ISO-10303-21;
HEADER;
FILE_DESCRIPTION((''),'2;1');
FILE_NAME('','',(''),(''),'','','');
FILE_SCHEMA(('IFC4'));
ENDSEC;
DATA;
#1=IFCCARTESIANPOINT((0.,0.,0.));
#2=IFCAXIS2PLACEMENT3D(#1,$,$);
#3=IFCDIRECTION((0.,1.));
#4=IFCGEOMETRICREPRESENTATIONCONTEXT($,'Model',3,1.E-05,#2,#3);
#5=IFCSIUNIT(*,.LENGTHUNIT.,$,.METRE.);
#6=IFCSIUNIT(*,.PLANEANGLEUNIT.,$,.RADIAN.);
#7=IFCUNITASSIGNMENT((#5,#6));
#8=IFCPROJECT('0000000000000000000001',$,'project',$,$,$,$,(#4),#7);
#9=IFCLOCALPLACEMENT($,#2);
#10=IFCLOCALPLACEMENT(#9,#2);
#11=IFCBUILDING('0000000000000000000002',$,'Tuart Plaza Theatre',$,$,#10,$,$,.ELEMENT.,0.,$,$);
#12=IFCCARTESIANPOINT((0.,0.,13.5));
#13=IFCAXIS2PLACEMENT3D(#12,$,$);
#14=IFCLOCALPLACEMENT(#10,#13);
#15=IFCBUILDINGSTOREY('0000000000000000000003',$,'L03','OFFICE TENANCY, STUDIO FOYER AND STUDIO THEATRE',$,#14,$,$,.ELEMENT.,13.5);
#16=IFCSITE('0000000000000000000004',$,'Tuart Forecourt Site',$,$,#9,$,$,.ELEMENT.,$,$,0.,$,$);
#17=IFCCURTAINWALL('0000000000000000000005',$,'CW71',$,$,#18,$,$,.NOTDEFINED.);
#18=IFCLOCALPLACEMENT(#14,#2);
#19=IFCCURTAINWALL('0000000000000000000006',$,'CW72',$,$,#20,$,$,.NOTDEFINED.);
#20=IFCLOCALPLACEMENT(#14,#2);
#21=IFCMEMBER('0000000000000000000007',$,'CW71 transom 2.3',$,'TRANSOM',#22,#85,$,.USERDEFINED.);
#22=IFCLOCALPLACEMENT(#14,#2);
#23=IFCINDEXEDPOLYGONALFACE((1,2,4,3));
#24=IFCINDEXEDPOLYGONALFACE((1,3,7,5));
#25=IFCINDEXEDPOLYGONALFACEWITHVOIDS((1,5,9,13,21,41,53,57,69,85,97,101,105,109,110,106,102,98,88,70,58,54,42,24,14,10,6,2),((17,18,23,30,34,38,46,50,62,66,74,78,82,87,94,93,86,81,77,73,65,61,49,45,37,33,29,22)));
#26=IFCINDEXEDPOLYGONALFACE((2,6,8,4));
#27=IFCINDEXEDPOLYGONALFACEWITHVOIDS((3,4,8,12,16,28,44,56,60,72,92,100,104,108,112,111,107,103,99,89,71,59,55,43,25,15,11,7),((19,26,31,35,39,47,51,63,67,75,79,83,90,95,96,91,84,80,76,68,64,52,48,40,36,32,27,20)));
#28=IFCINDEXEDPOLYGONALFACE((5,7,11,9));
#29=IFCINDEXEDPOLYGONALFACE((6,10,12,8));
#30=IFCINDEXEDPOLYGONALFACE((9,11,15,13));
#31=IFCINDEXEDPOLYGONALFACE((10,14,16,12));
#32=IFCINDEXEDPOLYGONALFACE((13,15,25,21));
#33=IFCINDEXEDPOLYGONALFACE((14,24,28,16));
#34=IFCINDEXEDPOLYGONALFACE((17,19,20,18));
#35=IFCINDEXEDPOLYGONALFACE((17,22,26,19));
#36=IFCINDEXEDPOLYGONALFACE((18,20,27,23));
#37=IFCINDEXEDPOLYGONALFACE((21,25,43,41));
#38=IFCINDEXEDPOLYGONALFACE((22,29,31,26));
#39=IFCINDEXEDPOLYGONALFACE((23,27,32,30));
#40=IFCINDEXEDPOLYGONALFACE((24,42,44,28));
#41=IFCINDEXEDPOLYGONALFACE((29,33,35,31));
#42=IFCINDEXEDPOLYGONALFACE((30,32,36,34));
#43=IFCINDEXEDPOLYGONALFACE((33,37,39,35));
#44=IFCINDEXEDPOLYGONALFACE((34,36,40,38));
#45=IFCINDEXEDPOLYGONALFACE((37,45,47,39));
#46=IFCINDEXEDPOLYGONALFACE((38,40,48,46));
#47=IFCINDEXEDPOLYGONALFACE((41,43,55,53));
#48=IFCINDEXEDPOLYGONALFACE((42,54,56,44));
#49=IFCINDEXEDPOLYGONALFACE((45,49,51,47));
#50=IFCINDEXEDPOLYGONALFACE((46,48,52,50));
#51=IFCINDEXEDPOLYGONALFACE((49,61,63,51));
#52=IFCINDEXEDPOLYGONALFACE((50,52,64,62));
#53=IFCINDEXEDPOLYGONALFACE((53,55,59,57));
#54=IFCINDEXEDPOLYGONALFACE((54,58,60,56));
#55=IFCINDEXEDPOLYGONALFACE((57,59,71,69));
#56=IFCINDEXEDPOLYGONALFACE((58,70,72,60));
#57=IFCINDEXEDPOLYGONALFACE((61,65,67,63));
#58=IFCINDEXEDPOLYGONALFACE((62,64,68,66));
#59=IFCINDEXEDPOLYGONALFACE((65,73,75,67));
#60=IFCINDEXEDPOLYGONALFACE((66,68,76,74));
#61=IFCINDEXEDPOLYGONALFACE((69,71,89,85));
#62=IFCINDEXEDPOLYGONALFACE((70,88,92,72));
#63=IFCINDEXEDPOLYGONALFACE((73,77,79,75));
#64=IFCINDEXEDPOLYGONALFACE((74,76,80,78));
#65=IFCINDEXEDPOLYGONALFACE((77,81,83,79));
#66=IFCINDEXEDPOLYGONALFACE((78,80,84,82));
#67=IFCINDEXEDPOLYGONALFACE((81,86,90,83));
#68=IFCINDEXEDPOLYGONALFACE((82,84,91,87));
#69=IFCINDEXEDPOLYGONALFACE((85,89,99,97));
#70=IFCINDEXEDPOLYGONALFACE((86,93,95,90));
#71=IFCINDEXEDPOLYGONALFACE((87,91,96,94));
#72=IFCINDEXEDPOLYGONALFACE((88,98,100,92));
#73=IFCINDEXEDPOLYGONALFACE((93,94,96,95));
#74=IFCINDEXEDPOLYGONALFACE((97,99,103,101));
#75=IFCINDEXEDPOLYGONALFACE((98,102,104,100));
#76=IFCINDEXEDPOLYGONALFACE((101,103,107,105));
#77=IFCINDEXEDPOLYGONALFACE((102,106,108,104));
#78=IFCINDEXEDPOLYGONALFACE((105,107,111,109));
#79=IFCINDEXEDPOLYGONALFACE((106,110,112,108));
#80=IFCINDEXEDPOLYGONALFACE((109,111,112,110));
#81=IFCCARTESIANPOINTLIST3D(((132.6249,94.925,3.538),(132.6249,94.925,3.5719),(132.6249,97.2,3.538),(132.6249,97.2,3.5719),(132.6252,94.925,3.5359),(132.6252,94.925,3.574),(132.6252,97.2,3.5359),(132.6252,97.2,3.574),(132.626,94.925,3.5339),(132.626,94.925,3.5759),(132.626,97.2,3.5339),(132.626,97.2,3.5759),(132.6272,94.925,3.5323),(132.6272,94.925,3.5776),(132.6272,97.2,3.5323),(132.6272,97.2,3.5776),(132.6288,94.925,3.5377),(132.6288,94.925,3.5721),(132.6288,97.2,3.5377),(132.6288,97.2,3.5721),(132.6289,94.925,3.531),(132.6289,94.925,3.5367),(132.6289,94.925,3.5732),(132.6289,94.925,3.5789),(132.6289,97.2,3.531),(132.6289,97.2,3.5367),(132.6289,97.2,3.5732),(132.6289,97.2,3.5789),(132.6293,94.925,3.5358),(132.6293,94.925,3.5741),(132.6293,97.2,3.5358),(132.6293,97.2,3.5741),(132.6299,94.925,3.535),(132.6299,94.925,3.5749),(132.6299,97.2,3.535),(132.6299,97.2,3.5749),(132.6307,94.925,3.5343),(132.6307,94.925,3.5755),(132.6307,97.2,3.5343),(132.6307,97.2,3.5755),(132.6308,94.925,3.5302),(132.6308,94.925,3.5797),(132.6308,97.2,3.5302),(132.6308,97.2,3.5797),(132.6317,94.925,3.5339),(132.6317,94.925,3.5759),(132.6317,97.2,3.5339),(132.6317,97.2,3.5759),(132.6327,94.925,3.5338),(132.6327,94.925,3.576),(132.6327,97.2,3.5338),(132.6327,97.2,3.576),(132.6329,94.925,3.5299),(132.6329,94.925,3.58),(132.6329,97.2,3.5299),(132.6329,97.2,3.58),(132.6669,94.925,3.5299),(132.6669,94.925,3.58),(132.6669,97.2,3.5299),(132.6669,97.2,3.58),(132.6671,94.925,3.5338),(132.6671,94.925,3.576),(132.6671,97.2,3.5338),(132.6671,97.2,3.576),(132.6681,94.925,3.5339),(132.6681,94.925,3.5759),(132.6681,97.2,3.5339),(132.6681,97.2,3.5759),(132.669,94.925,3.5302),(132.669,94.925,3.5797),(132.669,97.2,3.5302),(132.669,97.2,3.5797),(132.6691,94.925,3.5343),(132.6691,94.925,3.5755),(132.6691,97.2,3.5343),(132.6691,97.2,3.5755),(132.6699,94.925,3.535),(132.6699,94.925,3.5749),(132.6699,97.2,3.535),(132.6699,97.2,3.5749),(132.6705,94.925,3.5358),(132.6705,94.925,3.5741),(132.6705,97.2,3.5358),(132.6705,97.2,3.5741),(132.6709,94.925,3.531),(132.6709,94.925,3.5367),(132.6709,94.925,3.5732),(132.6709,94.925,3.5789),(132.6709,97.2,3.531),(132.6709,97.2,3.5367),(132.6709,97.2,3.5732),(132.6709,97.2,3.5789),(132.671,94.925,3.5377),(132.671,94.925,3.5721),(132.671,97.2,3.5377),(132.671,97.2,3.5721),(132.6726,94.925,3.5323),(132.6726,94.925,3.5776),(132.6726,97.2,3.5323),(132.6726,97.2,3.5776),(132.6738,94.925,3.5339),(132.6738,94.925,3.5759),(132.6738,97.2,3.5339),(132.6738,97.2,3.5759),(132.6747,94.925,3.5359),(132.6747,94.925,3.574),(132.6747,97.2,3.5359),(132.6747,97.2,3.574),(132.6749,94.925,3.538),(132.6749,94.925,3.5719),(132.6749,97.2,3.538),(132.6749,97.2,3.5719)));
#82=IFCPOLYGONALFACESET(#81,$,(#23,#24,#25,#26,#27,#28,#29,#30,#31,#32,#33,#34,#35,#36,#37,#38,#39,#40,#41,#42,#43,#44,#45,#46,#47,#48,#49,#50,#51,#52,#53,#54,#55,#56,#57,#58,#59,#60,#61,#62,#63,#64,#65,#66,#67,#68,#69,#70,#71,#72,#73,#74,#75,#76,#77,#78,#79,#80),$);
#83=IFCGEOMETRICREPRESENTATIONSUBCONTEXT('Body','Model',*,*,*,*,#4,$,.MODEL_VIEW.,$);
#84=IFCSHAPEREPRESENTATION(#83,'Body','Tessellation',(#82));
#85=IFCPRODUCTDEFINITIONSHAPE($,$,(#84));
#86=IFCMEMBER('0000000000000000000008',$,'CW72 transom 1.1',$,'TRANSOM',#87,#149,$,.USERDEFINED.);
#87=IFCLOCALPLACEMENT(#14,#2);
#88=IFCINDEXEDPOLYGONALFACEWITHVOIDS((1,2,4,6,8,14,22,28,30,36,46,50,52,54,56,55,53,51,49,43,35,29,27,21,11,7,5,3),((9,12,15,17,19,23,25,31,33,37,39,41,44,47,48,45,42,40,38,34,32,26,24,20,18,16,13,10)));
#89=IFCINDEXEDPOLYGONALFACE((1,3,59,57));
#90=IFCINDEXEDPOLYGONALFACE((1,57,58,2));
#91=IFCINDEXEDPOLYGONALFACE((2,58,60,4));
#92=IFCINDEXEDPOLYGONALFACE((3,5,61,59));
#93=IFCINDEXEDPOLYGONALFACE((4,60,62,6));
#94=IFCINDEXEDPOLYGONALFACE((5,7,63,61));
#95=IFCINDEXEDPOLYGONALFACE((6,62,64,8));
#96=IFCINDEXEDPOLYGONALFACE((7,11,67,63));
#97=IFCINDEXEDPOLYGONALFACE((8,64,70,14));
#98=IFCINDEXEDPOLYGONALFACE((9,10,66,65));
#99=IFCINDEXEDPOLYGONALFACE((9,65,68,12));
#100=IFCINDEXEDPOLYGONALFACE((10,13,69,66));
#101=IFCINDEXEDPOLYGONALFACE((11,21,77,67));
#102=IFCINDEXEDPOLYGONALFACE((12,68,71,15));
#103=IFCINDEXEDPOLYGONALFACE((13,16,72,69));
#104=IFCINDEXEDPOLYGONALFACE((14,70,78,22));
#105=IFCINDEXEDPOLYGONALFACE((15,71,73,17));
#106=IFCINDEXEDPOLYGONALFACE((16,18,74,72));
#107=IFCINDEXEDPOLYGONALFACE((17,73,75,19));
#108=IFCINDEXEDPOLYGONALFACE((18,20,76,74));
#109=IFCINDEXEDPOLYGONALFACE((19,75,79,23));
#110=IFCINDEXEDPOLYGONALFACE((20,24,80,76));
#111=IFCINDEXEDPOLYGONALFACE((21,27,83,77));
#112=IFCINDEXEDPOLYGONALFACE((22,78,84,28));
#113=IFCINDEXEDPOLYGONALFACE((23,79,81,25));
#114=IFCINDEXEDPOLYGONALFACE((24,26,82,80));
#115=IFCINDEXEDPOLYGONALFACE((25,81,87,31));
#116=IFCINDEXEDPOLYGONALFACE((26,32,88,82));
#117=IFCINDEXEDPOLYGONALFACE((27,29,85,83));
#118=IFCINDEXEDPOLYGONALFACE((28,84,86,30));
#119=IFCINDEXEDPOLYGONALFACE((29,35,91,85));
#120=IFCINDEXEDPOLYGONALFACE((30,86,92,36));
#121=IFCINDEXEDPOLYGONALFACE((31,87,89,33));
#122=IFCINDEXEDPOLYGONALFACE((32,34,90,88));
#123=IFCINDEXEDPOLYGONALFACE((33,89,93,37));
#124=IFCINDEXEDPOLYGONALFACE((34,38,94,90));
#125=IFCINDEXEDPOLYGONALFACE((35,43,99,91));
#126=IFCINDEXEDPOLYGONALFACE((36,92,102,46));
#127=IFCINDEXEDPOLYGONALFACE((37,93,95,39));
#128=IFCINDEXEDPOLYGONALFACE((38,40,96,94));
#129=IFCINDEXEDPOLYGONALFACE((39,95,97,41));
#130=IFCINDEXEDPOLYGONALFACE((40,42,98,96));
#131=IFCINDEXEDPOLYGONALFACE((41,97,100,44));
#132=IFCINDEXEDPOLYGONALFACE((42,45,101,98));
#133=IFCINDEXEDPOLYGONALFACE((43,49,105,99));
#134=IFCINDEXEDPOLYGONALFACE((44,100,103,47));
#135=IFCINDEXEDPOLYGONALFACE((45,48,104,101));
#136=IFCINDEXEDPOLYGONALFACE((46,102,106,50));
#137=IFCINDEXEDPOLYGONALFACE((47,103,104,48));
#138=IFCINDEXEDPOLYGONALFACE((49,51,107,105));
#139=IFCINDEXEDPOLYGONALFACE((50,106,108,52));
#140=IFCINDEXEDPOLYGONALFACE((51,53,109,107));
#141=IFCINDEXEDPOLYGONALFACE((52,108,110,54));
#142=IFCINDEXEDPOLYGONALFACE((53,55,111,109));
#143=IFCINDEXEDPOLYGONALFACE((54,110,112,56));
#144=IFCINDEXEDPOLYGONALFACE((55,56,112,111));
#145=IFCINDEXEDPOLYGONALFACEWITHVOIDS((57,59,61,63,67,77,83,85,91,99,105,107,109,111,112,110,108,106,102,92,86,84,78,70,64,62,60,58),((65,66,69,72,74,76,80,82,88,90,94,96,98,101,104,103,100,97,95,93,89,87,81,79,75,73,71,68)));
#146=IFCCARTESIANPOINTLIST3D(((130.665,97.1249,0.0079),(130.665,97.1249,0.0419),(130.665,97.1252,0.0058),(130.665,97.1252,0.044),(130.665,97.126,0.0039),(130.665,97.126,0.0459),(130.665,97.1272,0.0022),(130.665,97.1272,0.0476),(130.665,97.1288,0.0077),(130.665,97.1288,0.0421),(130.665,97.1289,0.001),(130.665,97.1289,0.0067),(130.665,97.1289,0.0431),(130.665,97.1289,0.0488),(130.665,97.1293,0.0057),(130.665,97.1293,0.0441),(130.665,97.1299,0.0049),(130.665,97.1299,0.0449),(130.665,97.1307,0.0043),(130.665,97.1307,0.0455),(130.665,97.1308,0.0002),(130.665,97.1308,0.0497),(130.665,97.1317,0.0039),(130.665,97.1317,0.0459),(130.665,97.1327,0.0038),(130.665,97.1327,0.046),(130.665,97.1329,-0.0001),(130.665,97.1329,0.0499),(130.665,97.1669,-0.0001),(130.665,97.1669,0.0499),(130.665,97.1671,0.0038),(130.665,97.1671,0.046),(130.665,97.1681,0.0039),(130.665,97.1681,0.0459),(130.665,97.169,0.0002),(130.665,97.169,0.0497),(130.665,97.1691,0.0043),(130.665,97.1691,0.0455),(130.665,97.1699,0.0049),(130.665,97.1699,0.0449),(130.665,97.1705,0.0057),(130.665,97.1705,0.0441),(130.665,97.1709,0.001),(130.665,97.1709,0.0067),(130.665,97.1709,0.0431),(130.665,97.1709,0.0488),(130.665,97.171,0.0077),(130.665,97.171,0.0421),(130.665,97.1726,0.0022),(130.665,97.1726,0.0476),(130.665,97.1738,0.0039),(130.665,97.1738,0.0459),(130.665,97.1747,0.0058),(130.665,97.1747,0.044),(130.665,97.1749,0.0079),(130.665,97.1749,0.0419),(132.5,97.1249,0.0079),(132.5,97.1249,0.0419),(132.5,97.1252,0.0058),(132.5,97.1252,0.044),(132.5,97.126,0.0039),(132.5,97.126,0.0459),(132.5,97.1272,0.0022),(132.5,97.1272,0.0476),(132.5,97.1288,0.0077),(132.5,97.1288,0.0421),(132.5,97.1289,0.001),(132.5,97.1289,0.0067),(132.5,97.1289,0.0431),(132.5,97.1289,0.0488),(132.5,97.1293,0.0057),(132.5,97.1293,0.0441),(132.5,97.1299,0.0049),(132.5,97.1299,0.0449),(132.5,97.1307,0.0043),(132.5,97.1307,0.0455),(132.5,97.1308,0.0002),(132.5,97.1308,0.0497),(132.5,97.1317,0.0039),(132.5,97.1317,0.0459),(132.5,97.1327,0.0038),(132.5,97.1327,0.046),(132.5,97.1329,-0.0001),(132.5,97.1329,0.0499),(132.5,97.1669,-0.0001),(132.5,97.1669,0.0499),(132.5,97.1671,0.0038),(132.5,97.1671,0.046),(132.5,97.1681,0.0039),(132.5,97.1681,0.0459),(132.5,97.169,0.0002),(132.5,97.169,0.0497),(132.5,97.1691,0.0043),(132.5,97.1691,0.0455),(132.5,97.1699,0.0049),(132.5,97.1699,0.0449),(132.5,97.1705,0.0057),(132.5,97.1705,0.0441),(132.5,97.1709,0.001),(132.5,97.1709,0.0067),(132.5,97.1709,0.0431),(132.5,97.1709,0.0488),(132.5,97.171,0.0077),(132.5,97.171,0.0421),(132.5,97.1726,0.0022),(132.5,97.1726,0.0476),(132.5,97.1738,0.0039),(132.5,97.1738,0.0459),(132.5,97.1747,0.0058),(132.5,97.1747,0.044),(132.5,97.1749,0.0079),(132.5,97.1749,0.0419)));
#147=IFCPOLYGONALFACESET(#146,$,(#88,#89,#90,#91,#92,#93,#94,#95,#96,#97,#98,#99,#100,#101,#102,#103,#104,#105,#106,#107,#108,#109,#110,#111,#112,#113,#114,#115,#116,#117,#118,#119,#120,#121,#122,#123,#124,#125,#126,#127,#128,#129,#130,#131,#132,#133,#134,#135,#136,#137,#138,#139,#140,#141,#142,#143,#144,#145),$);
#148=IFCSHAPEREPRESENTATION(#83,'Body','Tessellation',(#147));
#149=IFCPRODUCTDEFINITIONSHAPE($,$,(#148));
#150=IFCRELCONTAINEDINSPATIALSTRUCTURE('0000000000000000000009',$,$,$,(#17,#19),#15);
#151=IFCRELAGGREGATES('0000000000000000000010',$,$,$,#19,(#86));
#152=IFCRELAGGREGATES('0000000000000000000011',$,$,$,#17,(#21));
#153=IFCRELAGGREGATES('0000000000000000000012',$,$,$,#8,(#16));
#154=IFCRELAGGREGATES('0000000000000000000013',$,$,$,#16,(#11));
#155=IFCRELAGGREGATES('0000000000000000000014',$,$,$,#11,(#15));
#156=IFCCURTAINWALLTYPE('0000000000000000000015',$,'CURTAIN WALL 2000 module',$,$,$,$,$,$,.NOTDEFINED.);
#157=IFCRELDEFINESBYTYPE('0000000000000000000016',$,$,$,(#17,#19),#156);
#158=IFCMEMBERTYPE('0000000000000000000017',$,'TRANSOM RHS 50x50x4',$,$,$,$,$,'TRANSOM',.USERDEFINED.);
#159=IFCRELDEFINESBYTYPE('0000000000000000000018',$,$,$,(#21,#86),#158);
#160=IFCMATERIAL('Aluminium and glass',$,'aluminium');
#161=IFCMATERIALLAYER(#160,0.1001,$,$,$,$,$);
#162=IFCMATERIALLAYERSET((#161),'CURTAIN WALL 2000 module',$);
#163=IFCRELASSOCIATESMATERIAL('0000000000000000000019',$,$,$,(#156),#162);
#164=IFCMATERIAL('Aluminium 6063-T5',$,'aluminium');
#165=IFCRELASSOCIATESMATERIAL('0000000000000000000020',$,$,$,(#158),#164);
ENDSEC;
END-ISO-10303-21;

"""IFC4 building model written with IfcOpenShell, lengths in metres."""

from ifc_helpers import new_model, si_unit, direction, frame, origin, origin_2d, place, context, subcontext, project, spatial, hollow_rectangle, extrude, material, layer, layer_set, material_profile, profile_set, type_object, element, aggregate, save


model = new_model("IFC4")

# Units and contexts
model_context = context("Model", 3, precision=1e-05, world=origin(), true_north=direction((0.0, 1.0)))
body_context = subcontext(model_context, "Body", "Model", "MODEL_VIEW")
ifc_project = project(units=[si_unit("LENGTHUNIT", "METRE"), si_unit("PLANEANGLEUNIT", "RADIAN")], contexts=[model_context])

# Site, building, storey
site_placement = place(None, origin())
site = spatial("IfcSite", under=ifc_project, at=site_placement, Name="Tuart Forecourt Site", CompositionType="ELEMENT", RefElevation=0.0)
building_placement = place(site_placement, origin())
building = spatial("IfcBuilding", under=site, at=building_placement, Name="Tuart Plaza Theatre", CompositionType="ELEMENT", ElevationOfRefHeight=0.0)
storey_placement = place(building_placement, frame((0.0, 0.0, 13.5)))
storey = spatial("IfcBuildingStorey", under=building, at=storey_placement, Name="L03", Description="OFFICE TENANCY, STUDIO FOYER AND STUDIO THEATRE", CompositionType="ELEMENT", Elevation=13.5)

# Shared definitions
ifc_material_1 = material(Name="Aluminium and glass", Category="aluminium")
ifc_layer_1 = layer(ifc_material_1, 0.1001)
ifc_layer_set_1 = layer_set([ifc_layer_1], Name="CURTAIN WALL 2000 module")
curtain_wall_type = type_object("IfcCurtainWallType", Name="CURTAIN WALL 2000 module", PredefinedType="NOTDEFINED", material=ifc_layer_set_1)

# Curtain wall
curtain_wall_1_placement = place(storey_placement, origin())
curtain_wall_1 = element("IfcCurtainWall", 1, at=curtain_wall_1_placement, inside=storey, type_object=curtain_wall_type, Name="CW71", PredefinedType="NOTDEFINED")

# Curtain wall
curtain_wall_2_placement = place(storey_placement, origin())
curtain_wall_2 = element("IfcCurtainWall", 2, at=curtain_wall_2_placement, inside=storey, type_object=curtain_wall_type, Name="CW72", PredefinedType="NOTDEFINED")

# Members
ifc_material_2 = material(Name="Aluminium 6063-T5", Category="aluminium")
ifc_material_profile_1 = material_profile(ifc_material_2, hollow_rectangle(XDim=0.05, YDim=0.05, WallThickness=0.0039, InnerFilletRadius=0.0039, OuterFilletRadius=0.0081, at=origin_2d()), Name="RHS 50x50x4")
ifc_profile_set_1 = profile_set([ifc_material_profile_1], Name="Aluminium 6063-T5")
member_type_1 = type_object("IfcMemberType", Name="TRANSOM RHS 50x50x4", ElementType="TRANSOM", PredefinedType="USERDEFINED", material=ifc_profile_set_1)
member_1_placement = place(storey_placement, frame((132.6499, 94.925, 3.5549), z_axis=(0.0, 1.0, 0.0), x_axis=(-1.0, 0.0, 0.0)))
member_1 = element("IfcMember", 3, at=member_1_placement, type_object=member_type_1, Name="CW71 transom 2.3", ObjectType="TRANSOM", PredefinedType="USERDEFINED", context=body_context, shape_type="SweptSolid", body=[
    extrude(hollow_rectangle(XDim=0.05, YDim=0.05, WallThickness=0.0039, InnerFilletRadius=0.0039, OuterFilletRadius=0.0081, at=origin_2d()), origin(), (0.0, 0.0, 1.0), 2.2749),
])
member_2_placement = place(storey_placement, frame((132.5, 97.1499, 0.0249), z_axis=(-1.0, 0.0, 0.0), x_axis=(0.0, -1.0, 0.0)))
member_2 = element("IfcMember", 4, at=member_2_placement, type_object=member_type_1, Name="CW72 transom 1.1", ObjectType="TRANSOM", PredefinedType="USERDEFINED", context=body_context, shape_type="SweptSolid", body=[
    extrude(hollow_rectangle(XDim=0.05, YDim=0.05, WallThickness=0.0039, InnerFilletRadius=0.0039, OuterFilletRadius=0.0081, at=origin_2d()), origin(), (0.0, 0.0, 1.0), 1.835),
])
aggregate(curtain_wall_2, [member_2])

aggregate(curtain_wall_1, [member_1])

save(model, "model.ifc")
